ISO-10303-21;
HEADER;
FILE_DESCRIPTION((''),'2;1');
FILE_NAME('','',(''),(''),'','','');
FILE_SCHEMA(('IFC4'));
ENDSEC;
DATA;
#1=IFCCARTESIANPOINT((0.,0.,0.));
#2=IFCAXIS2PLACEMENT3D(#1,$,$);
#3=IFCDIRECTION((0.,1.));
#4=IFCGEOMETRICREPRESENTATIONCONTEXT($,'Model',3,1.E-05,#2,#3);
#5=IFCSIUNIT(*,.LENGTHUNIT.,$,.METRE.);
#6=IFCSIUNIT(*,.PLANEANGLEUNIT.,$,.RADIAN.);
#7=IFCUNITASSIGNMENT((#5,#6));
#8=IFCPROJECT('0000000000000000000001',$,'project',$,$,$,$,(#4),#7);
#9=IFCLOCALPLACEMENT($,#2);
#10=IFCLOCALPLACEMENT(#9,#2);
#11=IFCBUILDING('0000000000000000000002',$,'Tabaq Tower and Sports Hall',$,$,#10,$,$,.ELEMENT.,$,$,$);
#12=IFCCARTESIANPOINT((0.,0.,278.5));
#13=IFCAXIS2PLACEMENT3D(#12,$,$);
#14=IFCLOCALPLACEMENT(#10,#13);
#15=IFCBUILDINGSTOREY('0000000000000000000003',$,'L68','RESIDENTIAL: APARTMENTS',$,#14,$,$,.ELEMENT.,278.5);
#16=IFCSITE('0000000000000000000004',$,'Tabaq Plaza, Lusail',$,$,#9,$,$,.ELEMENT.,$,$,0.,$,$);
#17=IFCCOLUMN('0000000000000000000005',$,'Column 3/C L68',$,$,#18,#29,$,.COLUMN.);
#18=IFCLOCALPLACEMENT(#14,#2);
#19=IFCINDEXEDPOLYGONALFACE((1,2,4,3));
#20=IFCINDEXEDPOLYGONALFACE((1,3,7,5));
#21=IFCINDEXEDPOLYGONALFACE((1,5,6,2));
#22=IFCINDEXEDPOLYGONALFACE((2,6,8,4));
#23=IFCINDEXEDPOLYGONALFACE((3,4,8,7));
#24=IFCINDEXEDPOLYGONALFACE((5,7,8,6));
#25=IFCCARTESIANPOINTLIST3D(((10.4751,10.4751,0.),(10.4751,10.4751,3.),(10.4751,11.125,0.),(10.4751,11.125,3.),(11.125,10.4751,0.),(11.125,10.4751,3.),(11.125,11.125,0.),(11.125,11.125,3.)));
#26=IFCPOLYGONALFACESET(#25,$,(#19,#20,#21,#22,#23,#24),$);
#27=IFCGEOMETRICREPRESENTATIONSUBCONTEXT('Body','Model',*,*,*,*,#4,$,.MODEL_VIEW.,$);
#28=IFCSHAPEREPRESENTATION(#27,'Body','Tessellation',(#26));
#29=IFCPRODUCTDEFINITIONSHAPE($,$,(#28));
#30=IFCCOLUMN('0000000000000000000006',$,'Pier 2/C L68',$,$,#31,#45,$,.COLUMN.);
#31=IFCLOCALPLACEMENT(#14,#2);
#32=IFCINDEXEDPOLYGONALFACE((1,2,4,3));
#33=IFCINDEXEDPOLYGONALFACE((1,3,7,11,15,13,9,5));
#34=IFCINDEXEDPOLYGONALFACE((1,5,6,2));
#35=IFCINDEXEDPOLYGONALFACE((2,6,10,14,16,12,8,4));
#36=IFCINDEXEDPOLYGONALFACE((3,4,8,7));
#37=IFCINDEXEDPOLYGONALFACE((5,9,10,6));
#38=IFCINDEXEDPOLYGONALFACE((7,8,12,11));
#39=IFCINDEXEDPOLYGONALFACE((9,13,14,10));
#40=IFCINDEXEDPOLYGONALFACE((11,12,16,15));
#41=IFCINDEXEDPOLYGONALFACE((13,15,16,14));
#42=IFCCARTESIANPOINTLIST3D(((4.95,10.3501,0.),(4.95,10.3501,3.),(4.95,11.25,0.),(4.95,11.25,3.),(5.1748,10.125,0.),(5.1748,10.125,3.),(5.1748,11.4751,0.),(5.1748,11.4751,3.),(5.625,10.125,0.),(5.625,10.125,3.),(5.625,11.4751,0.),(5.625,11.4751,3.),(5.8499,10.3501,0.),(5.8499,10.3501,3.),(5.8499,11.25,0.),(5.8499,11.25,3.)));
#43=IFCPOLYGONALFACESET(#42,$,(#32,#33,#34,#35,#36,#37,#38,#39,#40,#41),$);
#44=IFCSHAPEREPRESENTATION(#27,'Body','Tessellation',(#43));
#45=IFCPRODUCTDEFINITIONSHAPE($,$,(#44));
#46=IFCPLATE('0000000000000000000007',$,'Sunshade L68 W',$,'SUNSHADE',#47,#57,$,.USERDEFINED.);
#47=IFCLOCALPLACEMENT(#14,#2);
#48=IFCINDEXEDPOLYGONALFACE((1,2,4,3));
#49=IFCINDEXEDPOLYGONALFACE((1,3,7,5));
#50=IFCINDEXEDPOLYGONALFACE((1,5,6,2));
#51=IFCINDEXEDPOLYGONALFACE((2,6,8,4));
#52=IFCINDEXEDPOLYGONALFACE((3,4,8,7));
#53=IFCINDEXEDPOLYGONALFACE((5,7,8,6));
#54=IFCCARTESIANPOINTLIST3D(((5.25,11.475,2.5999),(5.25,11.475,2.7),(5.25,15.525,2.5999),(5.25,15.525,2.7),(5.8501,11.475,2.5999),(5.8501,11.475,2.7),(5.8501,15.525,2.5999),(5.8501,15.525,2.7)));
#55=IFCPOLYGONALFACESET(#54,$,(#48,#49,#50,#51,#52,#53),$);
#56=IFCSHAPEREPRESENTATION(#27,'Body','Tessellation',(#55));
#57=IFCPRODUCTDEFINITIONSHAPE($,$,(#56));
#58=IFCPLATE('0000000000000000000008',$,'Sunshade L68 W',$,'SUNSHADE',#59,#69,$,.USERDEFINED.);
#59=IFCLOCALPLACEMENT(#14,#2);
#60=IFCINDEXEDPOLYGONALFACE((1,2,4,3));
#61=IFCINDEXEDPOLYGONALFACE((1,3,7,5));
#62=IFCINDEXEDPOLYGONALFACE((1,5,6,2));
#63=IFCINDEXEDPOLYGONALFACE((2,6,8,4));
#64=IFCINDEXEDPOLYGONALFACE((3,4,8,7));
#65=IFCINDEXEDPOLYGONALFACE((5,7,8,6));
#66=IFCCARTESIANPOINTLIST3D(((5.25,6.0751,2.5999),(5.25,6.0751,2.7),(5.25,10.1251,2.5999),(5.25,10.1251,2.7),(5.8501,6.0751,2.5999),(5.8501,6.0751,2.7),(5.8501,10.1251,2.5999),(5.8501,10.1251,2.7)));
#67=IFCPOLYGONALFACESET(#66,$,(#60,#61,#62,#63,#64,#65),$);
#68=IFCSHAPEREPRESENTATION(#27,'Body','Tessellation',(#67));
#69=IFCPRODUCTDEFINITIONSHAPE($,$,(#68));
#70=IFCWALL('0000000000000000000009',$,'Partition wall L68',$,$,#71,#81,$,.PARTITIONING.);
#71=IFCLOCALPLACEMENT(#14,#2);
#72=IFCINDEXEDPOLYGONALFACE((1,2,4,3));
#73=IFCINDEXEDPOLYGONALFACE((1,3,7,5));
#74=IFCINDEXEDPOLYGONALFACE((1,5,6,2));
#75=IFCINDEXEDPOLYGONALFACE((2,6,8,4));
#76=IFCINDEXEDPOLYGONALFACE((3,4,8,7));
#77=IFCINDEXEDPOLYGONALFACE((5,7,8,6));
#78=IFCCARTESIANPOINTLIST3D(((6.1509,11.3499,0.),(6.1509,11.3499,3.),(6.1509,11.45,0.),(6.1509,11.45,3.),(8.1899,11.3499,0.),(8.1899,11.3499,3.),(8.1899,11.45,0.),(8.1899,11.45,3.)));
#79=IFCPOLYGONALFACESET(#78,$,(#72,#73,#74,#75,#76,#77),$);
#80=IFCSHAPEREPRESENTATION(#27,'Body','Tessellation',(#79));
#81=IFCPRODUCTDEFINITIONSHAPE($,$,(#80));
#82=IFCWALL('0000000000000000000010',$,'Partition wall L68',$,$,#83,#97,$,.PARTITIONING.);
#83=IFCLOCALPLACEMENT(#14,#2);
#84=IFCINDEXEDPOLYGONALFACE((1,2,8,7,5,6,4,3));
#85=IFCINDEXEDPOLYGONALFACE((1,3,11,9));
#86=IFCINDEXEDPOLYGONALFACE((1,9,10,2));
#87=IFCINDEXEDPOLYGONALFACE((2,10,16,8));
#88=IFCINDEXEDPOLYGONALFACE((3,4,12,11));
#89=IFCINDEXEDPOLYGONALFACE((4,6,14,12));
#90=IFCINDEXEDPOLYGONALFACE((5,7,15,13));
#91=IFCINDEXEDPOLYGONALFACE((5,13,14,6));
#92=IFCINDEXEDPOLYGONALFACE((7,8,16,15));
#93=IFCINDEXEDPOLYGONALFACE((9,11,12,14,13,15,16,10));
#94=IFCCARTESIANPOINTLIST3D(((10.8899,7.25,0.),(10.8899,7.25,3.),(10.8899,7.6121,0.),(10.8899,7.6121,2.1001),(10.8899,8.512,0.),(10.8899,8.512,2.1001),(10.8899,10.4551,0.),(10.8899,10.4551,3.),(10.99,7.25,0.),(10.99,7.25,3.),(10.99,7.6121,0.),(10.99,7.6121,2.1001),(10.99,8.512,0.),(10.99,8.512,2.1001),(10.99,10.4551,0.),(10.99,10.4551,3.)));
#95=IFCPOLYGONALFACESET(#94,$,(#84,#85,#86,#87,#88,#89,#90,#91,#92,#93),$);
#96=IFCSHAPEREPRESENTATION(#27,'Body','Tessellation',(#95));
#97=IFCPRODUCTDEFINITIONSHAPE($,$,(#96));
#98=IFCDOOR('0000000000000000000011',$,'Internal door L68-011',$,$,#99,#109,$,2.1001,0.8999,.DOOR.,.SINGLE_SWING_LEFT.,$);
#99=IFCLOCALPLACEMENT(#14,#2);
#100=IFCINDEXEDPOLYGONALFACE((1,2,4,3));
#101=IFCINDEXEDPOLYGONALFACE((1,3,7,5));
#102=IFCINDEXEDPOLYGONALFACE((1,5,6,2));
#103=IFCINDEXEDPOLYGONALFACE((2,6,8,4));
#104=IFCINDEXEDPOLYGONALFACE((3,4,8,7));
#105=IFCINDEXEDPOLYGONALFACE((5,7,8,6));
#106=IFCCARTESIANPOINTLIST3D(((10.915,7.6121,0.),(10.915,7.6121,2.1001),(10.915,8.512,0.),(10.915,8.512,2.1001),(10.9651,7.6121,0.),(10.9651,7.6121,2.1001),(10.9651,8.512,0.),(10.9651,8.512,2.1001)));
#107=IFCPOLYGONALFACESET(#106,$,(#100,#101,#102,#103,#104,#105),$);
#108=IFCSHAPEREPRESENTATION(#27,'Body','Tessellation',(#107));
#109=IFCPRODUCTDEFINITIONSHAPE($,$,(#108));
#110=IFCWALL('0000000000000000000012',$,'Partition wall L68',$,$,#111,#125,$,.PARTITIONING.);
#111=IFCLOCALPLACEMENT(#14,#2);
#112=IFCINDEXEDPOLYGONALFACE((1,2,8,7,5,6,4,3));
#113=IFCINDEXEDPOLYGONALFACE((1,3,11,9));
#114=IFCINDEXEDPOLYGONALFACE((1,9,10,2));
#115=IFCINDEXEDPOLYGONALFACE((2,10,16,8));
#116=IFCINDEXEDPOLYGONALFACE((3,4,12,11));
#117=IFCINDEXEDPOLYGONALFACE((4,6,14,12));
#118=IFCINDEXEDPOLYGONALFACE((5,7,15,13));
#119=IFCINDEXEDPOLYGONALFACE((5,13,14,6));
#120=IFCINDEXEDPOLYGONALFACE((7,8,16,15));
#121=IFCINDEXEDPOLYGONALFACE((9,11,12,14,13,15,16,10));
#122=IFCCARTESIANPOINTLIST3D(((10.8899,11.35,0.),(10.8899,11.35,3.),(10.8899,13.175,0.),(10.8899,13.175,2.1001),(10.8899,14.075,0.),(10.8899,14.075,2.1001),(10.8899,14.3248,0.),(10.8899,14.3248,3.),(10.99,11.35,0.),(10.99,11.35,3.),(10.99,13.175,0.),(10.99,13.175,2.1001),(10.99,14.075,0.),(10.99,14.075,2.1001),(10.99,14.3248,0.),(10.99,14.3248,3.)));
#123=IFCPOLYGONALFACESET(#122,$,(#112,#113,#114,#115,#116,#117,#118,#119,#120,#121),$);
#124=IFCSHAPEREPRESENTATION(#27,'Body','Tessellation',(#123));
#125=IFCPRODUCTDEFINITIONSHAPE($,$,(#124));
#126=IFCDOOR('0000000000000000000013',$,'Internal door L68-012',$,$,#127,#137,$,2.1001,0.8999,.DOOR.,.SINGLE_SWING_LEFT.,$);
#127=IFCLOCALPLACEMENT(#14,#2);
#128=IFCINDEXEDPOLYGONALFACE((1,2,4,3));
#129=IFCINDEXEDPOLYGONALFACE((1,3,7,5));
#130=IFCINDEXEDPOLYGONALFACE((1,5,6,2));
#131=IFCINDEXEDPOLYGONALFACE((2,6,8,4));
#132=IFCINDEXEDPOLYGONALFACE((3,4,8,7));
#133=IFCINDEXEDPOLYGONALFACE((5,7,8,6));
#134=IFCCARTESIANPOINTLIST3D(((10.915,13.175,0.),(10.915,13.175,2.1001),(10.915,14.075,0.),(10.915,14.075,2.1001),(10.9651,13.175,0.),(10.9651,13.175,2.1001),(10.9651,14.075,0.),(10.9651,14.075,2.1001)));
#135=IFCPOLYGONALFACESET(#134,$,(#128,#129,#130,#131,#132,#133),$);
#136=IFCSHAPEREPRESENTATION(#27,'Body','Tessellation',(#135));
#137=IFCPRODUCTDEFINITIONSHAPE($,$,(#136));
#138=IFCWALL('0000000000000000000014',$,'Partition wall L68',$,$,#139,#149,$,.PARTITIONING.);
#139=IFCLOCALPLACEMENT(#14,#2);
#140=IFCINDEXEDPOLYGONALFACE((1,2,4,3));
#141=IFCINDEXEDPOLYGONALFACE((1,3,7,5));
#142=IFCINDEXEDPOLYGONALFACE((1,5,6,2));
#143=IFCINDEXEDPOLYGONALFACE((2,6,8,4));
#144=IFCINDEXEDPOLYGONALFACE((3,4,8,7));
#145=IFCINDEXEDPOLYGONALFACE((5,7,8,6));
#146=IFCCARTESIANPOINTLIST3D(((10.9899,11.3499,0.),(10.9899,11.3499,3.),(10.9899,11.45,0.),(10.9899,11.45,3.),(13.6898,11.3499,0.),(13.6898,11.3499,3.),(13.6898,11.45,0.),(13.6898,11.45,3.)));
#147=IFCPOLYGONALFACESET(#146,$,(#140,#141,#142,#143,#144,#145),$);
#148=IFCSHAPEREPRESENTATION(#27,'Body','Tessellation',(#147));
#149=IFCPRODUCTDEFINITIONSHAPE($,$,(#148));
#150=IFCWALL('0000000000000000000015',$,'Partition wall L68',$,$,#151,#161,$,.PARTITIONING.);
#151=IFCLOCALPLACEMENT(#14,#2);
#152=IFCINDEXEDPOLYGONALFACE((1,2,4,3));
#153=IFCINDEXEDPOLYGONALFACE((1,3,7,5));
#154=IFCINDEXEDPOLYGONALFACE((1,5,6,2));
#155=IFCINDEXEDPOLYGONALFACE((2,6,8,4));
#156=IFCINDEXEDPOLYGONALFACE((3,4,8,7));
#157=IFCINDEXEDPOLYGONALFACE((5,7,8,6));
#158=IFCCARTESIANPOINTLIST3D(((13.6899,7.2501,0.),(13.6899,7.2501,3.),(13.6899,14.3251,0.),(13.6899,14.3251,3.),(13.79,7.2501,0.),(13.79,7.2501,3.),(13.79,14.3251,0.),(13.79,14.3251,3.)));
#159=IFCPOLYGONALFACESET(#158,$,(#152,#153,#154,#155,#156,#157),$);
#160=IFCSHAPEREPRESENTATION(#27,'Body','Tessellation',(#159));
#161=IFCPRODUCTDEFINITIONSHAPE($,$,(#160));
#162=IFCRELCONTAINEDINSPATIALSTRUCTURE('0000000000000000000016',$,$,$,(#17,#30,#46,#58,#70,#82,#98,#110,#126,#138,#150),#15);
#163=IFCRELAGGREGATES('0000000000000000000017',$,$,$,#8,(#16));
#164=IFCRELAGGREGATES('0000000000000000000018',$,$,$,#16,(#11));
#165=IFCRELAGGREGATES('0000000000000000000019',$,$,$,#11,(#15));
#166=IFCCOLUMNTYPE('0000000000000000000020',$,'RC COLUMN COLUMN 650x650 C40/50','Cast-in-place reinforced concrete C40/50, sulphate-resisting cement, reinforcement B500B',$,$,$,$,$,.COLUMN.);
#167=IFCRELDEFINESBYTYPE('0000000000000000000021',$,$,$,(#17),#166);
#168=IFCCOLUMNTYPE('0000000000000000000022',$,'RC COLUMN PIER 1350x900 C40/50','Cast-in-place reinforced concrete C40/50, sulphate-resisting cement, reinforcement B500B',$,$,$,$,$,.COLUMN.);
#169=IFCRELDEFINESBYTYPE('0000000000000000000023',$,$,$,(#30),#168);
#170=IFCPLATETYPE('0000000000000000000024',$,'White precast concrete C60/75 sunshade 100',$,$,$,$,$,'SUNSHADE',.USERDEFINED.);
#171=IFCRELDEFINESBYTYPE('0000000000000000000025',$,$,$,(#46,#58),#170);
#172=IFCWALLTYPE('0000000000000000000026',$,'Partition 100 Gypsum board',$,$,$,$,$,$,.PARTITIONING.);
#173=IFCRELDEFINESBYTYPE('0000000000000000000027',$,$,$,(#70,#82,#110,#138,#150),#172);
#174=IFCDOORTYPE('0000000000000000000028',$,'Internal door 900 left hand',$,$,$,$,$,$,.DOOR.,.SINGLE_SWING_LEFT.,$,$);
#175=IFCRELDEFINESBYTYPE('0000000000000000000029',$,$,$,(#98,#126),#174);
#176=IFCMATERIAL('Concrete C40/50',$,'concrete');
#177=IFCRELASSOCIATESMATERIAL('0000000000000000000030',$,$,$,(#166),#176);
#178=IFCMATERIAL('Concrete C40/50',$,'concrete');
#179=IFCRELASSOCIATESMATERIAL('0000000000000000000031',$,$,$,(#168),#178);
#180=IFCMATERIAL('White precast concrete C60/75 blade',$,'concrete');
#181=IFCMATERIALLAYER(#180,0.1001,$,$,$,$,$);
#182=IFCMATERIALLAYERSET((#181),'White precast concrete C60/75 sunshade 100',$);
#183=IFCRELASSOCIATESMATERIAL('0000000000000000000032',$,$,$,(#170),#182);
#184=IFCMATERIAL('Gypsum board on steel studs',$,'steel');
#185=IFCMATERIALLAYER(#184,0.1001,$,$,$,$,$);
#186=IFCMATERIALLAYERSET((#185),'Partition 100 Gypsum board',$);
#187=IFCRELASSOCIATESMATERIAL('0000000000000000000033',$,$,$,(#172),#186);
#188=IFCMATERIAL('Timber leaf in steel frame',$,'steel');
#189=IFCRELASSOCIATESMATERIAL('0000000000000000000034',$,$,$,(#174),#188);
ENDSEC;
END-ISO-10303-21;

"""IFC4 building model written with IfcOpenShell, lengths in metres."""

from ifc_helpers import new_model, si_unit, direction, frame, frame_2d, origin, origin_2d, place, context, subcontext, project, spatial, polyline, rectangle, outline, extrude, material, layer, layer_set, material_profile, profile_set, type_object, element, fill, save


model = new_model("IFC4")

# Units and contexts
model_context = context("Model", 3, precision=1e-05, world=origin(), true_north=direction((0.0, 1.0)))
body_context = subcontext(model_context, "Body", "Model", "MODEL_VIEW")
ifc_project = project(units=[si_unit("LENGTHUNIT", "METRE"), si_unit("PLANEANGLEUNIT", "RADIAN")], contexts=[model_context])

# Site, building, storey
site_placement = place(None, origin())
site = spatial("IfcSite", under=ifc_project, at=site_placement, Name="Tabaq Plaza, Lusail", CompositionType="ELEMENT", RefElevation=0.0)
building_placement = place(site_placement, origin())
building = spatial("IfcBuilding", under=site, at=building_placement, Name="Tabaq Tower and Sports Hall", CompositionType="ELEMENT")
storey_placement = place(building_placement, frame((0.0, 0.0, 278.5)))
storey = spatial("IfcBuildingStorey", under=building, at=storey_placement, Name="L68", Description="RESIDENTIAL: APARTMENTS", CompositionType="ELEMENT", Elevation=278.5)

# Columns
ifc_material_1 = material(Name="Concrete C40/50", Category="concrete")
ifc_material_profile_1 = material_profile(ifc_material_1, rectangle(XDim=0.6499, YDim=0.6499, at=origin_2d()), Name="COLUMN 650x650")
ifc_profile_set_1 = profile_set([ifc_material_profile_1], Name="Concrete C40/50")
column_type_1 = type_object("IfcColumnType", Name="RC COLUMN COLUMN 650x650 C40/50", Description="Cast-in-place reinforced concrete C40/50, sulphate-resisting cement, reinforcement B500B", PredefinedType="COLUMN", material=ifc_profile_set_1)
column_1_placement = place(storey_placement, frame((10.8, 10.8, 0.0), z_axis=(0.0, 0.0, 1.0), x_axis=(1.0, 0.0, 0.0)))
element("IfcColumn", 1, at=column_1_placement, inside=storey, type_object=column_type_1, Name="Column 3/C L68", PredefinedType="COLUMN", context=body_context, shape_type="SweptSolid", body=[
    extrude(rectangle(XDim=0.6499, YDim=0.6499, at=origin_2d()), origin(), (0.0, 0.0, 1.0), 3.0),
])
ifc_material_2 = material(Name="Concrete C40/50", Category="concrete")
ifc_material_profile_2 = material_profile(ifc_material_2, outline(polyline([(-0.45, -0.45), (0.45, -0.45), (0.675, -0.2251), (0.675, 0.2251), (0.45, 0.45), (-0.45, 0.45), (-0.675, 0.2251), (-0.675, -0.2251), (-0.45, -0.45)])), Name="PIER 1350x900")
ifc_profile_set_2 = profile_set([ifc_material_profile_2], Name="Concrete C40/50")
column_type_2 = type_object("IfcColumnType", Name="RC COLUMN PIER 1350x900 C40/50", Description="Cast-in-place reinforced concrete C40/50, sulphate-resisting cement, reinforcement B500B", PredefinedType="COLUMN", material=ifc_profile_set_2)
column_2_placement = place(storey_placement, frame((5.3999, 10.8, 0.0), z_axis=(0.0, 0.0, 1.0), x_axis=(0.0, 1.0, 0.0)))
element("IfcColumn", 2, at=column_2_placement, inside=storey, type_object=column_type_2, Name="Pier 2/C L68", PredefinedType="COLUMN", context=body_context, shape_type="SweptSolid", body=[
    extrude(outline(polyline([(-0.45, -0.45), (0.45, -0.45), (0.675, -0.2251), (0.675, 0.2251), (0.45, 0.45), (-0.45, 0.45), (-0.675, 0.2251), (-0.675, -0.2251), (-0.45, -0.45)])), origin(), (0.0, 0.0, 1.0), 3.0),
])

# Plates
ifc_material_3 = material(Name="White precast concrete C60/75 blade", Category="concrete")
ifc_layer_1 = layer(ifc_material_3, 0.1001)
ifc_layer_set_1 = layer_set([ifc_layer_1], Name="White precast concrete C60/75 sunshade 100")
plate_type = type_object("IfcPlateType", Name="White precast concrete C60/75 sunshade 100", ElementType="SUNSHADE", PredefinedType="USERDEFINED", material=ifc_layer_set_1)
for number, where, z_axis, x_axis, name in (
    (3, (5.55, 13.5, 2.5999), (0.0, 0.0, 1.0), (0.0, -1.0, 0.0), "Sunshade L68 W"),
    (4, (5.55, 8.1001, 2.5999), (0.0, 0.0, 1.0), (0.0, -1.0, 0.0), "Sunshade L68 W"),
):
    element("IfcPlate", number, at=place(storey_placement, frame(where, z_axis=z_axis, x_axis=x_axis)), inside=storey, type_object=plate_type, Name=name, ObjectType="SUNSHADE", PredefinedType="USERDEFINED", context=body_context, shape_type="SweptSolid", body=[
        extrude(rectangle(XDim=4.05, YDim=0.6001, at=origin_2d()), origin(), (0.0, 0.0, 1.0), 0.1001),
    ])

# Wall
ifc_material_4 = material(Name="Gypsum board on steel studs", Category="steel")
ifc_layer_2 = layer(ifc_material_4, 0.1001)
ifc_layer_set_2 = layer_set([ifc_layer_2], Name="Partition 100 Gypsum board")
wall_type = type_object("IfcWallType", Name="Partition 100 Gypsum board", PredefinedType="PARTITIONING", material=ifc_layer_set_2)
wall_1_placement = place(storey_placement, frame((8.1899, 11.3999, 0.0), z_axis=(0.0, 0.0, 1.0), x_axis=(-1.0, 0.0, 0.0)))
element("IfcWall", 5, at=wall_1_placement, inside=storey, type_object=wall_type, Name="Partition wall L68", PredefinedType="PARTITIONING", context=body_context, shape_type="SweptSolid", body=[
    extrude(rectangle(XDim=2.0391, YDim=0.1001, at=frame_2d((1.0195, 0.0))), origin(), (0.0, 0.0, 1.0), 3.0),
])

# Walls, openings, doors
wall_2_placement = place(storey_placement, frame((10.9399, 7.25, 0.0), z_axis=(0.0, 0.0, 1.0), x_axis=(0.0, 1.0, 0.0)))
wall_2 = element("IfcWall", 6, at=wall_2_placement, inside=storey, type_object=wall_type, Name="Partition wall L68", PredefinedType="PARTITIONING", context=body_context, shape_type="SweptSolid", body=[
    extrude(rectangle(XDim=3.2051, YDim=0.1001, at=frame_2d((1.6025, 0.0))), origin(), (0.0, 0.0, 1.0), 3.0),
])
opening_1_placement = place(wall_2_placement, frame((0.3621, 0.0, 0.0)))
opening_1 = element("IfcOpeningElement", 7, at=opening_1_placement, cuts=wall_2, PredefinedType="OPENING", context=body_context, shape_type="SweptSolid", body=[
    extrude(rectangle(XDim=0.8999, YDim=2.1001, at=frame_2d((0.45, 1.05))), frame((0.0, 0.05, 0.0), z_axis=(0.0, -1.0, 0.0), x_axis=(1.0, 0.0, 0.0)), (0.0, 0.0, 1.0), 0.1001),
])
ifc_material_5 = material(Name="Timber leaf in steel frame", Category="steel")
door_type = type_object("IfcDoorType", Name="Internal door 900 left hand", OperationType="SINGLE_SWING_LEFT", PredefinedType="DOOR", material=ifc_material_5)
door_1_placement = place(opening_1_placement, origin())
door_1 = element("IfcDoor", 8, at=door_1_placement, inside=storey, type_object=door_type, Name="Internal door L68-011", OperationType="SINGLE_SWING_LEFT", OverallHeight=2.1001, OverallWidth=0.8999, PredefinedType="DOOR", context=body_context, shape_type="SweptSolid", body=[
    extrude(rectangle(XDim=0.8999, YDim=2.1001, at=frame_2d((0.45, 1.05))), frame((0.0, 0.0249, 0.0), z_axis=(0.0, -1.0, 0.0), x_axis=(1.0, 0.0, 0.0)), (0.0, 0.0, 1.0), 0.05),
])
fill(opening_1, door_1)
wall_3_placement = place(storey_placement, frame((10.9399, 11.3501, 0.0), z_axis=(0.0, 0.0, 1.0), x_axis=(0.0, 1.0, 0.0)))
wall_3 = element("IfcWall", 9, at=wall_3_placement, inside=storey, type_object=wall_type, Name="Partition wall L68", PredefinedType="PARTITIONING", context=body_context, shape_type="SweptSolid", body=[
    extrude(rectangle(XDim=2.9749, YDim=0.1001, at=frame_2d((1.4873, 0.0))), origin(), (0.0, 0.0, 1.0), 3.0),
])
opening_2_placement = place(wall_3_placement, frame((1.825, 0.0, 0.0)))
opening_2 = element("IfcOpeningElement", 10, at=opening_2_placement, cuts=wall_3, PredefinedType="OPENING", context=body_context, shape_type="SweptSolid", body=[
    extrude(rectangle(XDim=0.8999, YDim=2.1001, at=frame_2d((0.45, 1.05))), frame((0.0, 0.05, 0.0), z_axis=(0.0, -1.0, 0.0), x_axis=(1.0, 0.0, 0.0)), (0.0, 0.0, 1.0), 0.1001),
])
door_2_placement = place(opening_2_placement, origin())
door_2 = element("IfcDoor", 11, at=door_2_placement, inside=storey, type_object=door_type, Name="Internal door L68-012", OperationType="SINGLE_SWING_LEFT", OverallHeight=2.1001, OverallWidth=0.8999, PredefinedType="DOOR", context=body_context, shape_type="SweptSolid", body=[
    extrude(rectangle(XDim=0.8999, YDim=2.1001, at=frame_2d((0.45, 1.05))), frame((0.0, 0.0249, 0.0), z_axis=(0.0, -1.0, 0.0), x_axis=(1.0, 0.0, 0.0)), (0.0, 0.0, 1.0), 0.05),
])
fill(opening_2, door_2)

# Walls
wall_4_placement = place(storey_placement, frame((13.6899, 11.3999, 0.0), z_axis=(0.0, 0.0, 1.0), x_axis=(-1.0, 0.0, 0.0)))
element("IfcWall", 12, at=wall_4_placement, inside=storey, type_object=wall_type, Name="Partition wall L68", PredefinedType="PARTITIONING", context=body_context, shape_type="SweptSolid", body=[
    extrude(rectangle(XDim=2.7, YDim=0.1001, at=frame_2d((1.3501, 0.0))), origin(), (0.0, 0.0, 1.0), 3.0),
])
wall_5_placement = place(storey_placement, frame((13.74, 7.25, 0.0), z_axis=(0.0, 0.0, 1.0), x_axis=(0.0, 1.0, 0.0)))
element("IfcWall", 13, at=wall_5_placement, inside=storey, type_object=wall_type, Name="Partition wall L68", PredefinedType="PARTITIONING", context=body_context, shape_type="SweptSolid", body=[
    extrude(rectangle(XDim=7.075, YDim=0.1001, at=frame_2d((3.5376, 0.0))), origin(), (0.0, 0.0, 1.0), 3.0),
])

save(model, "model.ifc")
